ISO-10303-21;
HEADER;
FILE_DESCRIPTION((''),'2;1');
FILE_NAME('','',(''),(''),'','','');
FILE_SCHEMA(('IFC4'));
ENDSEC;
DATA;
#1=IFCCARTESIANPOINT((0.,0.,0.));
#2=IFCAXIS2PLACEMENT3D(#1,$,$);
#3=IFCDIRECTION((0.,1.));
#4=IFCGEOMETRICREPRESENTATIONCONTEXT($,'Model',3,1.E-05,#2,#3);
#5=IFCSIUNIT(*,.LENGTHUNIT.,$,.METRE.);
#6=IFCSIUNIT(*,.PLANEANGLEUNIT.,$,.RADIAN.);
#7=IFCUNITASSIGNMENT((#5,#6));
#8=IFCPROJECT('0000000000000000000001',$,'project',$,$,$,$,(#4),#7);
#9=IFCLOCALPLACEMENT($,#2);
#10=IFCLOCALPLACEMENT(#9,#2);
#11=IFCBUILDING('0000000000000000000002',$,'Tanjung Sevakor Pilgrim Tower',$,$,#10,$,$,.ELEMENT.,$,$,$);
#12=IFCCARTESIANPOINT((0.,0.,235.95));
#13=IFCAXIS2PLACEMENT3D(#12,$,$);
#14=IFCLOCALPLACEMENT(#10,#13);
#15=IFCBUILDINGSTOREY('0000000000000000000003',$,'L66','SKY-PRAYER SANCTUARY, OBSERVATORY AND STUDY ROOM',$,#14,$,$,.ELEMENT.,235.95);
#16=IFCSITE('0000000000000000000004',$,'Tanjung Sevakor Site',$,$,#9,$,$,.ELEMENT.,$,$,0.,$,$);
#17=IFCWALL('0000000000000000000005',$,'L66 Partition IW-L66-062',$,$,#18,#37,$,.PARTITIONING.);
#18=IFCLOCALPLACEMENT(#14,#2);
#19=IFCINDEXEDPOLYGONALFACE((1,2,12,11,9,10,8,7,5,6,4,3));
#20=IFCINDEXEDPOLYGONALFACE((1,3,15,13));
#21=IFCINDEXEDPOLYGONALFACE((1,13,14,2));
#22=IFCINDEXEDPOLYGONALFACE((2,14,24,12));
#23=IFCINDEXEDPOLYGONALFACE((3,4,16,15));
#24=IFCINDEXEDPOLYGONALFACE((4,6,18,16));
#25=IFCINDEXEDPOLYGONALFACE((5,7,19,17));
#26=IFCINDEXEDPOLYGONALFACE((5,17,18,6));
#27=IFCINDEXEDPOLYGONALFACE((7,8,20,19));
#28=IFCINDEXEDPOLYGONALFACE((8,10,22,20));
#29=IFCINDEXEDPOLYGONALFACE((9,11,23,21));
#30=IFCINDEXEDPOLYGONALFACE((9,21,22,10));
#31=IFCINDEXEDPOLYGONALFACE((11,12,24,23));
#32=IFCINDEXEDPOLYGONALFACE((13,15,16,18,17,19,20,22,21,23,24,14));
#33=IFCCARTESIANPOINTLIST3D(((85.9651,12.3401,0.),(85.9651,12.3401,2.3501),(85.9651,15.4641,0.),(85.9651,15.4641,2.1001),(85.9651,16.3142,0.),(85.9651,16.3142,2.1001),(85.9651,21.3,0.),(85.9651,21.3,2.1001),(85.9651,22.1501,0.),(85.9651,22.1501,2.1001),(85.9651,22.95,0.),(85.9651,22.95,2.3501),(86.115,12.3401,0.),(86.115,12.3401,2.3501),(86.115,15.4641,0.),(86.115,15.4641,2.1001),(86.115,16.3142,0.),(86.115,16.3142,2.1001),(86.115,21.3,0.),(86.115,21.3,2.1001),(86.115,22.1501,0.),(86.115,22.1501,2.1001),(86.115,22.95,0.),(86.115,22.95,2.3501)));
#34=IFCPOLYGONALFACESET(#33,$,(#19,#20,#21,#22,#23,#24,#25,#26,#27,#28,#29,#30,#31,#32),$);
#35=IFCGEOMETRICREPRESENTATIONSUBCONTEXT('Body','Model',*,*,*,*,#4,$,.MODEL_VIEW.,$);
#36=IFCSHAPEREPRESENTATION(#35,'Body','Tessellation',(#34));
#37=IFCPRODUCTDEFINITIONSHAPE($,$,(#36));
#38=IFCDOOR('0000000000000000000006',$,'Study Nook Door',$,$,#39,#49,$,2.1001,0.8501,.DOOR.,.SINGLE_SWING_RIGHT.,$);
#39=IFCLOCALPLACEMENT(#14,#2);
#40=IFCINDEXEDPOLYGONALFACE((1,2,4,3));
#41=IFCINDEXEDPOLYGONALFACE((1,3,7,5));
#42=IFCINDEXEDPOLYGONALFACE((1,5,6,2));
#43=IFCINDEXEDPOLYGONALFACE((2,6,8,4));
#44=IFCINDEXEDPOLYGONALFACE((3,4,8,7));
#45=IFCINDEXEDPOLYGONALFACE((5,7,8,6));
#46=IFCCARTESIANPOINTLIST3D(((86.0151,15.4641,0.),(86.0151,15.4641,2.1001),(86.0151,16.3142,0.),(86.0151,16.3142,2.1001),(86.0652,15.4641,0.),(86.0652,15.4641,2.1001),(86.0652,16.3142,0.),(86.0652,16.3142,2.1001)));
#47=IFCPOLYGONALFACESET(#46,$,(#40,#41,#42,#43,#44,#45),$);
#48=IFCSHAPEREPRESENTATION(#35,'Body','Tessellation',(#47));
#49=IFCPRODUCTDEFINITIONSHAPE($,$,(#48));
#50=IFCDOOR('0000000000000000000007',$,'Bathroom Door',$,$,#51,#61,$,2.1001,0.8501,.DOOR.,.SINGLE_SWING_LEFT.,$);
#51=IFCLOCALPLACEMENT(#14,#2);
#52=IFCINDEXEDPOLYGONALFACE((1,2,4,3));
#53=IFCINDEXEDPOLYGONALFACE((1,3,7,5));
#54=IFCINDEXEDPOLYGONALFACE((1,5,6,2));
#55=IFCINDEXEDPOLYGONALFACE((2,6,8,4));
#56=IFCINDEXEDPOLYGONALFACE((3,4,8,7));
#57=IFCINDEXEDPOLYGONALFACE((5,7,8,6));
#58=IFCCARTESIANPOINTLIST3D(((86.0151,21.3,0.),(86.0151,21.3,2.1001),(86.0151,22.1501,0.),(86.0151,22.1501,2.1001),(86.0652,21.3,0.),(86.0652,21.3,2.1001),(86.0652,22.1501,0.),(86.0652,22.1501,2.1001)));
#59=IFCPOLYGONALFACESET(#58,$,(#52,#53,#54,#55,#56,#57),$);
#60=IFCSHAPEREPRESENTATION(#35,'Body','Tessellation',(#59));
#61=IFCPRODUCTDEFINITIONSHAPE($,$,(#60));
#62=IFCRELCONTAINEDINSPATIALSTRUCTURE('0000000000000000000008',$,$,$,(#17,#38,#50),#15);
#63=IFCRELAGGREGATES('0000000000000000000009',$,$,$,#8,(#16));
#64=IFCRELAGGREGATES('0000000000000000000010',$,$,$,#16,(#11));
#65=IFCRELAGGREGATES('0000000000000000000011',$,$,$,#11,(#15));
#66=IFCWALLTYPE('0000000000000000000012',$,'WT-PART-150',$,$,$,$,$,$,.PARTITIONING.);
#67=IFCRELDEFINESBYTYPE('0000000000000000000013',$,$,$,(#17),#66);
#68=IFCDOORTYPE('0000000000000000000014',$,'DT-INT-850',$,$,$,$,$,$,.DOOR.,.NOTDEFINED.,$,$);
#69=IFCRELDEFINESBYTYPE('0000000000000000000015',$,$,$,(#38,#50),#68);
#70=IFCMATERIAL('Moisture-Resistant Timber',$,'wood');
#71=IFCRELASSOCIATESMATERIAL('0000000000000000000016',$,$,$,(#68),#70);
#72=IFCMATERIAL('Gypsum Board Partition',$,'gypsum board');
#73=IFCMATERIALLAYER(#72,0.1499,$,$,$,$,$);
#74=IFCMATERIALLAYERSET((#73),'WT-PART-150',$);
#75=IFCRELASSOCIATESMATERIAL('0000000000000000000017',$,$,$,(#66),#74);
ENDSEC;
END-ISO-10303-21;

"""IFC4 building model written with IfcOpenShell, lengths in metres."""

from ifc_helpers import new_model, si_unit, direction, frame, frame_2d, origin, place, context, subcontext, project, spatial, rectangle, extrude, material, layer, layer_set, type_object, element, fill, save


model = new_model("IFC4")

# Units and contexts
model_context = context("Model", 3, precision=1e-05, world=origin(), true_north=direction((0.0, 1.0)))
body_context = subcontext(model_context, "Body", "Model", "MODEL_VIEW")
ifc_project = project(units=[si_unit("LENGTHUNIT", "METRE"), si_unit("PLANEANGLEUNIT", "RADIAN")], contexts=[model_context])

# Site, building, storey
site_placement = place(None, origin())
site = spatial("IfcSite", under=ifc_project, at=site_placement, Name="Tanjung Sevakor Site", CompositionType="ELEMENT", RefElevation=0.0)
building_placement = place(site_placement, origin())
building = spatial("IfcBuilding", under=site, at=building_placement, Name="Tanjung Sevakor Pilgrim Tower", CompositionType="ELEMENT")
storey_placement = place(building_placement, frame((0.0, 0.0, 235.95)))
storey = spatial("IfcBuildingStorey", under=building, at=storey_placement, Name="L66", Description="SKY-PRAYER SANCTUARY, OBSERVATORY AND STUDY ROOM", CompositionType="ELEMENT", Elevation=235.95)

# Shared definitions
ifc_material_1 = material(Name="Moisture-Resistant Timber", Category="wood")
door_type = type_object("IfcDoorType", Name="DT-INT-850", OperationType="NOTDEFINED", PredefinedType="DOOR", material=ifc_material_1)

# Wall, openings, doors
ifc_material_2 = material(Name="Gypsum Board Partition", Category="gypsum board")
ifc_layer_1 = layer(ifc_material_2, 0.1499)
ifc_layer_set_1 = layer_set([ifc_layer_1], Name="WT-PART-150")
wall_type_1 = type_object("IfcWallType", Name="WT-PART-150", PredefinedType="PARTITIONING", material=ifc_layer_set_1)
wall_1_placement = place(storey_placement, frame((86.04, 12.3401, 0.0), z_axis=(0.0, 0.0, 1.0), x_axis=(0.0, 1.0, 0.0)))
wall_1 = element("IfcWall", 1, at=wall_1_placement, inside=storey, type_object=wall_type_1, Name="L66 Partition IW-L66-062", PredefinedType="PARTITIONING", context=body_context, shape_type="SweptSolid", body=[
    extrude(rectangle(XDim=10.6099, YDim=0.1499, at=frame_2d((5.3049, 0.0))), origin(), (0.0, 0.0, 1.0), 2.3501),
])
opening_1_placement = place(wall_1_placement, frame((3.124, 0.0, 0.0)))
opening_1 = element("IfcOpeningElement", 2, at=opening_1_placement, cuts=wall_1, PredefinedType="OPENING", context=body_context, shape_type="SweptSolid", body=[
    extrude(rectangle(XDim=0.8501, YDim=2.1001, at=frame_2d((0.425, 1.05))), frame((0.0, 0.085, 0.0), z_axis=(0.0, -1.0, 0.0), x_axis=(1.0, 0.0, 0.0)), (0.0, 0.0, 1.0), 0.1699),
])
opening_2_placement = place(wall_1_placement, frame((8.96, 0.0, 0.0)))
opening_2 = element("IfcOpeningElement", 3, at=opening_2_placement, cuts=wall_1, PredefinedType="OPENING", context=body_context, shape_type="SweptSolid", body=[
    extrude(rectangle(XDim=0.8501, YDim=2.1001, at=frame_2d((0.425, 1.05))), frame((0.0, 0.085, 0.0), z_axis=(0.0, -1.0, 0.0), x_axis=(1.0, 0.0, 0.0)), (0.0, 0.0, 1.0), 0.1699),
])
door_1_placement = place(opening_1_placement, origin())
door_1 = element("IfcDoor", 4, at=door_1_placement, inside=storey, type_object=door_type, Name="Study Nook Door", OperationType="SINGLE_SWING_RIGHT", OverallHeight=2.1001, OverallWidth=0.8501, PredefinedType="DOOR", context=body_context, shape_type="SweptSolid", body=[
    extrude(rectangle(XDim=0.8501, YDim=2.1001, at=frame_2d((0.425, 1.05))), frame((0.0, 0.0249, 0.0), z_axis=(0.0, -1.0, 0.0), x_axis=(1.0, 0.0, 0.0)), (0.0, 0.0, 1.0), 0.05),
])
fill(opening_1, door_1)
door_2_placement = place(opening_2_placement, origin())
door_2 = element("IfcDoor", 5, at=door_2_placement, inside=storey, type_object=door_type, Name="Bathroom Door", OperationType="SINGLE_SWING_LEFT", OverallHeight=2.1001, OverallWidth=0.8501, PredefinedType="DOOR", context=body_context, shape_type="SweptSolid", body=[
    extrude(rectangle(XDim=0.8501, YDim=2.1001, at=frame_2d((0.425, 1.05))), frame((0.0, 0.0249, 0.0), z_axis=(0.0, -1.0, 0.0), x_axis=(1.0, 0.0, 0.0)), (0.0, 0.0, 1.0), 0.05),
])
fill(opening_2, door_2)

save(model, "model.ifc")
